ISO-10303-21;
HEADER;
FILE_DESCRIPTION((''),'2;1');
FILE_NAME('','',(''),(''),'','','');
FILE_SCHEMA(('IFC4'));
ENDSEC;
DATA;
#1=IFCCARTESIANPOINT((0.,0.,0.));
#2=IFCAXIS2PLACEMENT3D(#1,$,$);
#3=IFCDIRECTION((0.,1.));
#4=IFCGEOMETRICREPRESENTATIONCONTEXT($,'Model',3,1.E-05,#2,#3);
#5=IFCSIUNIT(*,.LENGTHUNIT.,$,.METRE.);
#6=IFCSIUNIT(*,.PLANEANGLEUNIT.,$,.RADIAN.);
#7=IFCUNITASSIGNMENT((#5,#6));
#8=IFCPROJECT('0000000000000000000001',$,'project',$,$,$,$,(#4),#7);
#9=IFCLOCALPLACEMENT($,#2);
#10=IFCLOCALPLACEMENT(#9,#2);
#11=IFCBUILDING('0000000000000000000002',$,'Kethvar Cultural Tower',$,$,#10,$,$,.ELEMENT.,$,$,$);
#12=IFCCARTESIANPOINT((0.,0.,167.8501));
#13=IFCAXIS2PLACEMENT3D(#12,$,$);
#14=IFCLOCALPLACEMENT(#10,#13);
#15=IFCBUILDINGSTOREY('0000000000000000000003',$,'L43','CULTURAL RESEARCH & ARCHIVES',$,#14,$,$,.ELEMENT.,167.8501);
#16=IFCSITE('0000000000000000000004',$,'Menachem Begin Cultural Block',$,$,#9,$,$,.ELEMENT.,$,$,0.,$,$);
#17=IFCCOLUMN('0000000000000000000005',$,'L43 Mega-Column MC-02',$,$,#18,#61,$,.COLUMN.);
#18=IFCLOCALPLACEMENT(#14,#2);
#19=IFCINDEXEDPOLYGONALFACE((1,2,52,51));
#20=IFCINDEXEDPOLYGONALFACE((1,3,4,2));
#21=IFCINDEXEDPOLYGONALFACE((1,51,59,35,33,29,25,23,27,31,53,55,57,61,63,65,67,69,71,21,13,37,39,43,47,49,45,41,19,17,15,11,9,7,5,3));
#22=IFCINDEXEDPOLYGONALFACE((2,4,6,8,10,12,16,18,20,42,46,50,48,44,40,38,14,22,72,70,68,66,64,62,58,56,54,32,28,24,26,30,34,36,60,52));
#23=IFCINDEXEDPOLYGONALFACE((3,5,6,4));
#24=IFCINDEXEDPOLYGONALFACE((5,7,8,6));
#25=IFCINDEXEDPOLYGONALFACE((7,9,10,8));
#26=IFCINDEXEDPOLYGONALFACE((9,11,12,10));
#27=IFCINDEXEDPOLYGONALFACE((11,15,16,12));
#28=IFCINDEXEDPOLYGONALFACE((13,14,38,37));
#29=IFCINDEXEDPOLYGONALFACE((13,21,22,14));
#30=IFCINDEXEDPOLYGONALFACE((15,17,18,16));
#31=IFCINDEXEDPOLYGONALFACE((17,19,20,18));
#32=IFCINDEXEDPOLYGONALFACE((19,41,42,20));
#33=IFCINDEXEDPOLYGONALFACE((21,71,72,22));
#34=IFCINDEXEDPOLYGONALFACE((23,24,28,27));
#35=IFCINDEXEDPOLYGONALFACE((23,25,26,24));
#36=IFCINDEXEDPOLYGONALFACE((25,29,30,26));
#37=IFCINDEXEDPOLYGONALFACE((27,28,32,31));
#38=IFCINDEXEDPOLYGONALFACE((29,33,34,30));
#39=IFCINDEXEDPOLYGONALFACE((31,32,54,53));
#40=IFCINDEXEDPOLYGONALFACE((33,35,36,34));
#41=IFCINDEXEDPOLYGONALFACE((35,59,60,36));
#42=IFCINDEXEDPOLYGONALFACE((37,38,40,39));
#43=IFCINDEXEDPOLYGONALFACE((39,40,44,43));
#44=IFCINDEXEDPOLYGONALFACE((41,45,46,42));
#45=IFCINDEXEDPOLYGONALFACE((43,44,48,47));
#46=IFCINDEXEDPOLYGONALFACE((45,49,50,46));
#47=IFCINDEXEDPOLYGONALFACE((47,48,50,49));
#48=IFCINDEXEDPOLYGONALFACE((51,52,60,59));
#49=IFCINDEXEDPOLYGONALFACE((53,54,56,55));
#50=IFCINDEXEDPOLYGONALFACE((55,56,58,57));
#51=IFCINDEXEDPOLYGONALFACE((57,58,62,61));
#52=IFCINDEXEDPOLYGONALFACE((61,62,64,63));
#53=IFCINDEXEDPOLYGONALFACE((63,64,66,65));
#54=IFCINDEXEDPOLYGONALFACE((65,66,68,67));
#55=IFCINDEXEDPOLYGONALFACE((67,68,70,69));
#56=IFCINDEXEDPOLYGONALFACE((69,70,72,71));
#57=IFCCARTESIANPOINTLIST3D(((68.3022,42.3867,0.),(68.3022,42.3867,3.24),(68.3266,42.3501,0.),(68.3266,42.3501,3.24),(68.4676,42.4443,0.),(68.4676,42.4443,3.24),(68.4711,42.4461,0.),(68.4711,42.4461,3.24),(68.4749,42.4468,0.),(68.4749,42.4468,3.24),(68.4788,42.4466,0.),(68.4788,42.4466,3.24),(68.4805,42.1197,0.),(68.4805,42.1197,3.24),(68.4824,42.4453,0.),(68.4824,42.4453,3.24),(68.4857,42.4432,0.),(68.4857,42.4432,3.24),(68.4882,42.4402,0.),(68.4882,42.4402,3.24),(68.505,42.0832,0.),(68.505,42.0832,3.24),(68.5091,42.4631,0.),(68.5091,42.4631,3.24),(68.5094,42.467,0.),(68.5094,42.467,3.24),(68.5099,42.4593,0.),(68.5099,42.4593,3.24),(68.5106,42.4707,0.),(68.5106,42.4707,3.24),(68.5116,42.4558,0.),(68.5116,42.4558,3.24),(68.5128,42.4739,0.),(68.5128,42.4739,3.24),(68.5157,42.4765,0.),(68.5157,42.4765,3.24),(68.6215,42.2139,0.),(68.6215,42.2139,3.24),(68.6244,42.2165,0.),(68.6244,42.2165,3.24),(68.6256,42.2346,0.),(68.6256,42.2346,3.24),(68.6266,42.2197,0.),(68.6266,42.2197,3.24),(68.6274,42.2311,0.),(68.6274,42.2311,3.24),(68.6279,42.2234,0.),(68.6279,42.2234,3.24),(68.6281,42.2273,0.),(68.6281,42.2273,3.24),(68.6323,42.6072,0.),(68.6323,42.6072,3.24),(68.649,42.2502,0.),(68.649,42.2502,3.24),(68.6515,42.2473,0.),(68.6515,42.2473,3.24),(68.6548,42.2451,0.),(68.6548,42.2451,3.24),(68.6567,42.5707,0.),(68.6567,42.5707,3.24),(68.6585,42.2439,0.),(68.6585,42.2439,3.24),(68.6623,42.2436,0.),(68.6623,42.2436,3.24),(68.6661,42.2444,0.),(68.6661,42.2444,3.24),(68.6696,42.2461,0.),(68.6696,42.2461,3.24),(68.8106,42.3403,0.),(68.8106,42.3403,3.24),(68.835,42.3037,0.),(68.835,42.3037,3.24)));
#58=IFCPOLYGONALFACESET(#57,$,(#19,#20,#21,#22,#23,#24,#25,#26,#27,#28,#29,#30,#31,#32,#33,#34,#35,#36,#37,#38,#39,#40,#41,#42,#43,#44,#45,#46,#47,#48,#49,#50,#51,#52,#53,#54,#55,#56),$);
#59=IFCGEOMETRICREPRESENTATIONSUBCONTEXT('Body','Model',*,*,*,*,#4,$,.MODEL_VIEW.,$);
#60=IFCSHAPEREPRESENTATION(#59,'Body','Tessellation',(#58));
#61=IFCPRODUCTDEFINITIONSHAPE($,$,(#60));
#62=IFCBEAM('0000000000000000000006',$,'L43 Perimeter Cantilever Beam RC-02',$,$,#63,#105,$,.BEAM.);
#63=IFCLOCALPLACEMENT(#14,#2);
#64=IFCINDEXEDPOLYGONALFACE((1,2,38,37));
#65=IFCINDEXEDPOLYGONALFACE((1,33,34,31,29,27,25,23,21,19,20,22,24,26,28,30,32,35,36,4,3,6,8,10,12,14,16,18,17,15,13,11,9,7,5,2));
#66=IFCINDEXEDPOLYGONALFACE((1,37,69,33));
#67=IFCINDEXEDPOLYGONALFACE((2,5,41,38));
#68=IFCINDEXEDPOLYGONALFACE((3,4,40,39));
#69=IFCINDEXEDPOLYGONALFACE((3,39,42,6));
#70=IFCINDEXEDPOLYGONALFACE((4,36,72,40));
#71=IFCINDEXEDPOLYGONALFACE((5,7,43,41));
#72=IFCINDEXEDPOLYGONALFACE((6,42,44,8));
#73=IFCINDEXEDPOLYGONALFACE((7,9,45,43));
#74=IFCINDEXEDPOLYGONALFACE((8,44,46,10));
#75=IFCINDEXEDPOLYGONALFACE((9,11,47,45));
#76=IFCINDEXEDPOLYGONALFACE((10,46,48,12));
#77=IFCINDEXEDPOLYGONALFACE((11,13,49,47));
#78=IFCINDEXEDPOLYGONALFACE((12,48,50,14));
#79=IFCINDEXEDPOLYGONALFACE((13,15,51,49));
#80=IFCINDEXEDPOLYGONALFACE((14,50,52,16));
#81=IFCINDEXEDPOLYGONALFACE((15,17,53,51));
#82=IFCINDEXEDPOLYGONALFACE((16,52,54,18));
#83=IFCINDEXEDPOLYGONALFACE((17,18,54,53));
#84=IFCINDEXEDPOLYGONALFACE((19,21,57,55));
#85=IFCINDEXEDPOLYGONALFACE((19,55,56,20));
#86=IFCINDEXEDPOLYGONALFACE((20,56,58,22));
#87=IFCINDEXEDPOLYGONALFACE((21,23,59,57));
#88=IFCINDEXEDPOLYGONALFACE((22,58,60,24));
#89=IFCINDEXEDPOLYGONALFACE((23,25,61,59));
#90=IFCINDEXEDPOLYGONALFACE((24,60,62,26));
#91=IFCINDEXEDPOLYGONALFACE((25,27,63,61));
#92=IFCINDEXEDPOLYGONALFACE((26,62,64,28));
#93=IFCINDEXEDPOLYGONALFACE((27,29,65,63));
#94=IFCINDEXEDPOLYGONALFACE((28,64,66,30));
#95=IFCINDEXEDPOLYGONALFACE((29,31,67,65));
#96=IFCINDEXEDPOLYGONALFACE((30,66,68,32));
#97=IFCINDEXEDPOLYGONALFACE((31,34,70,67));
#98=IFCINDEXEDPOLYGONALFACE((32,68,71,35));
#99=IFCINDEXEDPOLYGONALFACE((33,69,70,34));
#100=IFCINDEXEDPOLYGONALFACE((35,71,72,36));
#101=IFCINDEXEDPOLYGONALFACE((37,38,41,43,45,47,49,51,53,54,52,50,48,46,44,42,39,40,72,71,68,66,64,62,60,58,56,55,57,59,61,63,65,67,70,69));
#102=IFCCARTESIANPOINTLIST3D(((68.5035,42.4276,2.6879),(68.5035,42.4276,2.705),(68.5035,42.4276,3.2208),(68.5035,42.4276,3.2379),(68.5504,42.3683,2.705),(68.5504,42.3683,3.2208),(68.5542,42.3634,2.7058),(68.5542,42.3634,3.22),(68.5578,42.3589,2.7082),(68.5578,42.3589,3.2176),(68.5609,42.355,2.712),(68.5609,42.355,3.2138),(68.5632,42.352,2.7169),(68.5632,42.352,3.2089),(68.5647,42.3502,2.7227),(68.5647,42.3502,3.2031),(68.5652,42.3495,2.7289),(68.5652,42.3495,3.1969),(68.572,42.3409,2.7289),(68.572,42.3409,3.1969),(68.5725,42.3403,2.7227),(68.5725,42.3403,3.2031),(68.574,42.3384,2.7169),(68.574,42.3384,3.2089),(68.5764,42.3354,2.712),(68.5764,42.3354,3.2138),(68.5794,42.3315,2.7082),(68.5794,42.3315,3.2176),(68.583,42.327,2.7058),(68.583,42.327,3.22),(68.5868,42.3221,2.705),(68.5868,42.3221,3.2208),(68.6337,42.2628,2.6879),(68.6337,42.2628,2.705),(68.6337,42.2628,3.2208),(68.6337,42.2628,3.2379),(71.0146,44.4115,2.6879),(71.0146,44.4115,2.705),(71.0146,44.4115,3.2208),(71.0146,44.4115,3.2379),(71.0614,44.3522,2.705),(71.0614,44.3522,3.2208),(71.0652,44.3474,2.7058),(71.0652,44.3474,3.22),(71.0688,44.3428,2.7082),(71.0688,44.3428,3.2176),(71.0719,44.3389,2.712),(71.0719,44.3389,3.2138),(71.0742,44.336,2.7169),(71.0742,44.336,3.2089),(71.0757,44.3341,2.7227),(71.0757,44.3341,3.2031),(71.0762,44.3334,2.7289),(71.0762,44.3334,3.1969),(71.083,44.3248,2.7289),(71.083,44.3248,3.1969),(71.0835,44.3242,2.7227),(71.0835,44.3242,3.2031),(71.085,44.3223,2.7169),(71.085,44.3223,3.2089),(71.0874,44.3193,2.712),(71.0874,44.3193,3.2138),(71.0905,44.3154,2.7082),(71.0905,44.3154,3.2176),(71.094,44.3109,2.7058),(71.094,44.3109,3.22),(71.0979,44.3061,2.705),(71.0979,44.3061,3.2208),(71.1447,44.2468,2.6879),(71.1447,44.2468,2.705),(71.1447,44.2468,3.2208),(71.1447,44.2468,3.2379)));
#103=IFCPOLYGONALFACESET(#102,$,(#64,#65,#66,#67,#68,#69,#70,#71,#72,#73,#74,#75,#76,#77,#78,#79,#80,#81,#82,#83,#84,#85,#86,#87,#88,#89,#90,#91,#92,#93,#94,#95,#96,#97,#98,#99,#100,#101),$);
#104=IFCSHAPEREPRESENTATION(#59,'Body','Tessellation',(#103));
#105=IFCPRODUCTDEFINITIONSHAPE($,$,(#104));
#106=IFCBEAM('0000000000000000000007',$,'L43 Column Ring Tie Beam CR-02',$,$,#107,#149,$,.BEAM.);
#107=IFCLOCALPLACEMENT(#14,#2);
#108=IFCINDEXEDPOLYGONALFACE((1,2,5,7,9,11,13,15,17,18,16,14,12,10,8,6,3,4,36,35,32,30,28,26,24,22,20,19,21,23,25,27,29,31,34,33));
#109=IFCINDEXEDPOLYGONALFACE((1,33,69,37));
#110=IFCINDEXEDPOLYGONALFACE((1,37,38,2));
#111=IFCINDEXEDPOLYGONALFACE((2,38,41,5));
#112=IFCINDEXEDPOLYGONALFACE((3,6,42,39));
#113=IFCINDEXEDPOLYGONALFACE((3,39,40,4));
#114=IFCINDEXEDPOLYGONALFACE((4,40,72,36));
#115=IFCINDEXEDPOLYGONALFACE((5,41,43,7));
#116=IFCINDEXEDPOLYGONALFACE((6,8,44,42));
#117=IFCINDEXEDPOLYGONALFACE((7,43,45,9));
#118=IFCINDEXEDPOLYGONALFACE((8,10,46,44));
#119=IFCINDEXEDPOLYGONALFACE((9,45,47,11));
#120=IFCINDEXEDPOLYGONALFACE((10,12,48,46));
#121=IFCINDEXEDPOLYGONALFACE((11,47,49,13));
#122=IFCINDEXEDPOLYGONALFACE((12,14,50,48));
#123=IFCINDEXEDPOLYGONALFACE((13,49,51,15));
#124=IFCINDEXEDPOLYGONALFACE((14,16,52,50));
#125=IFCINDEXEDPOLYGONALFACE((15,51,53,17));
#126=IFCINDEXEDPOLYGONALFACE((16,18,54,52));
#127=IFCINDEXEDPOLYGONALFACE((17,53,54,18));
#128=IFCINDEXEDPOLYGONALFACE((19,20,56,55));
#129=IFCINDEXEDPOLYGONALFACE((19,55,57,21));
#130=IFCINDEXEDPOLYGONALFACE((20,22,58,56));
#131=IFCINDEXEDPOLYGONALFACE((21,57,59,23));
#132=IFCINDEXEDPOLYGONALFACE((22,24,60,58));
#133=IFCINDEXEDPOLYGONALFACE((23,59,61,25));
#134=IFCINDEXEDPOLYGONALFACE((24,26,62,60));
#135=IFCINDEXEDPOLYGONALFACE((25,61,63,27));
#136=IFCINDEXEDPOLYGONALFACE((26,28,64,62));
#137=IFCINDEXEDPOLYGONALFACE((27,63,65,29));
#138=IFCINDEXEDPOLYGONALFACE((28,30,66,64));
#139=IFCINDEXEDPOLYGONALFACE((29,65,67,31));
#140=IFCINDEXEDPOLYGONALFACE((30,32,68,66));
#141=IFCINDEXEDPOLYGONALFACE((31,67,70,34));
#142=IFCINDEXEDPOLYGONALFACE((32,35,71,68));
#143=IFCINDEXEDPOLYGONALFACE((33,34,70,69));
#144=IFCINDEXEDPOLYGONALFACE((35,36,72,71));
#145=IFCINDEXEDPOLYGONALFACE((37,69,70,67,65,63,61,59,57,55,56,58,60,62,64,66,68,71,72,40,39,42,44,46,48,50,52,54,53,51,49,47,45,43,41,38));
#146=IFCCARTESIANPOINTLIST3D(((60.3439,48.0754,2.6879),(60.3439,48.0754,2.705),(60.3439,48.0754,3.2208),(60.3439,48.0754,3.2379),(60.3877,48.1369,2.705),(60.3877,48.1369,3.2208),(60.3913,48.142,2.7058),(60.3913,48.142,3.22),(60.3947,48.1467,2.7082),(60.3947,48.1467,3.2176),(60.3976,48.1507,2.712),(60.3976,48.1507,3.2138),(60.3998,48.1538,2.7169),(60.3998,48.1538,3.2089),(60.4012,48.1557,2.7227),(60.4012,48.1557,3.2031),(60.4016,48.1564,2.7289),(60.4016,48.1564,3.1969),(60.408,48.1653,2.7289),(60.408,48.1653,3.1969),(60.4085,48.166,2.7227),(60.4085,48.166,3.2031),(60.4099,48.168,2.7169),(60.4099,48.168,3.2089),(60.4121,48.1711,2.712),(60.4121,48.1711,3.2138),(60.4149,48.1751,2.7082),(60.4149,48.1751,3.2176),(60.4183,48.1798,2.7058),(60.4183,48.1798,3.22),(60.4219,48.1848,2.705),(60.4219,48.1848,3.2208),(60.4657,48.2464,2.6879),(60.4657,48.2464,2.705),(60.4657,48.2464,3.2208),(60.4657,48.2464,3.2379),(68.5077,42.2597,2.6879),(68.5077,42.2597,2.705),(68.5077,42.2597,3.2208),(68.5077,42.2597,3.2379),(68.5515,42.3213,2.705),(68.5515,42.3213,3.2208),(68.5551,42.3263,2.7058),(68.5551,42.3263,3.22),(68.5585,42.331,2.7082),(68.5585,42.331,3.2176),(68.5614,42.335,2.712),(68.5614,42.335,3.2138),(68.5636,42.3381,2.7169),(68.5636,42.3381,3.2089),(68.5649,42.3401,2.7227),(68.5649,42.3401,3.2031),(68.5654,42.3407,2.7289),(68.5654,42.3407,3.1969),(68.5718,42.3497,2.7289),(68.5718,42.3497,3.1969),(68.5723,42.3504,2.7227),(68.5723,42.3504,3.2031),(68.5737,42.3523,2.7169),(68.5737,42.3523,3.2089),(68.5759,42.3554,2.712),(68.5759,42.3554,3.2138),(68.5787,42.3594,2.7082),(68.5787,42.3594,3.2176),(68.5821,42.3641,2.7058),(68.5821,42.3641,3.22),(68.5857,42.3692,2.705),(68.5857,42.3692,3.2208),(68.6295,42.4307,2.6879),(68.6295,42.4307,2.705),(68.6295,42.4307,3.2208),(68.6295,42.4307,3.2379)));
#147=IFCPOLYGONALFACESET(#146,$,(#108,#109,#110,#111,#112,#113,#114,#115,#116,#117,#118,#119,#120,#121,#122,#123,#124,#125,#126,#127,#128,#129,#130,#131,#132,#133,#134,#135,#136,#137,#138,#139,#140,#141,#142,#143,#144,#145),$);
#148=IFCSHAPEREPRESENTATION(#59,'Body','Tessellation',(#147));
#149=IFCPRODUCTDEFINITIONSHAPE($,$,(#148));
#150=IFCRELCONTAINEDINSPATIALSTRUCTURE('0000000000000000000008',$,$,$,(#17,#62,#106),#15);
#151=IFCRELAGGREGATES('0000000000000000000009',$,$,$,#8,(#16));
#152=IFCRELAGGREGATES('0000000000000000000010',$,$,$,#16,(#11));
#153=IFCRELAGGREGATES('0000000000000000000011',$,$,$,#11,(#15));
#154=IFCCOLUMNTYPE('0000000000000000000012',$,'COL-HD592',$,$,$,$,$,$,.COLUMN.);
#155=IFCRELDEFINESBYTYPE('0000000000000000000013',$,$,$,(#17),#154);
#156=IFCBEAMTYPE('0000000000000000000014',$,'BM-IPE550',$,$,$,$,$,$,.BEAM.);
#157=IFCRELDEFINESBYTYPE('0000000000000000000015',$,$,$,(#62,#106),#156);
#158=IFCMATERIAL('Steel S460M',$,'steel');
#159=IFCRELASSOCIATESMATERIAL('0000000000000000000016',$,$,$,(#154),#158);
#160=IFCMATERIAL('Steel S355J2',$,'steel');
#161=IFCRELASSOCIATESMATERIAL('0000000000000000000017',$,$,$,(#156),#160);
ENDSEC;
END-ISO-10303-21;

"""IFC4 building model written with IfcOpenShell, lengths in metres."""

from ifc_helpers import new_model, si_unit, direction, frame, origin, origin_2d, place, context, subcontext, project, spatial, i_section, extrude, source, transform, mapped, material, material_profile, profile_set, type_object, element, save


model = new_model("IFC4")

# Units and contexts
model_context = context("Model", 3, precision=1e-05, world=origin(), true_north=direction((0.0, 1.0)))
body_context = subcontext(model_context, "Body", "Model", "MODEL_VIEW")
ifc_project = project(units=[si_unit("LENGTHUNIT", "METRE"), si_unit("PLANEANGLEUNIT", "RADIAN")], contexts=[model_context])

# Site, building, storey
site_placement = place(None, origin())
site = spatial("IfcSite", under=ifc_project, at=site_placement, Name="Menachem Begin Cultural Block", CompositionType="ELEMENT", RefElevation=0.0)
building_placement = place(site_placement, origin())
building = spatial("IfcBuilding", under=site, at=building_placement, Name="Kethvar Cultural Tower", CompositionType="ELEMENT")
storey_placement = place(building_placement, frame((0.0, 0.0, 167.8501)))
storey = spatial("IfcBuildingStorey", under=building, at=storey_placement, Name="L43", Description="CULTURAL RESEARCH & ARCHIVES", CompositionType="ELEMENT", Elevation=167.8501)

# Column
ifc_material_1 = material(Name="Steel S460M", Category="steel")
ifc_material_profile_1 = material_profile(ifc_material_1, i_section(OverallWidth=0.397, OverallDepth=0.365, WebThickness=0.0281, FlangeThickness=0.0439, FilletRadius=0.0149, at=origin_2d()), Name="Steel S460M — HD400x592")
ifc_profile_set_1 = profile_set([ifc_material_profile_1], Name="Steel S460M — HD400x592")
column_type = type_object("IfcColumnType", Name="COL-HD592", PredefinedType="COLUMN", material=ifc_profile_set_1)
shared_shape_1 = source(origin(), body_context, "Body", "SweptSolid", [
    extrude(i_section(OverallWidth=0.397, OverallDepth=0.365, WebThickness=0.0281, FlangeThickness=0.0439, FilletRadius=0.0149, at=origin_2d()), origin(), (0.0, 0.0, 1.0), 3.24),
])
column_placement = place(storey_placement, frame((68.5686, 42.3452, 0.0), z_axis=(0.0, 0.0, 1.0), x_axis=(0.83147, 0.55557, 0.0)))
element("IfcColumn", 1, at=column_placement, inside=storey, type_object=column_type, Name="L43 Mega-Column MC-02", PredefinedType="COLUMN", context=body_context, shape_type="MappedRepresentation", body=[
    mapped(shared_shape_1, transform((0.0, 0.0, 0.0), scale=1.0)),
])

# Beams
ifc_material_2 = material(Name="Steel S355J2", Category="steel")
ifc_material_profile_2 = material_profile(ifc_material_2, i_section(OverallWidth=0.21, OverallDepth=0.55, WebThickness=0.011, FlangeThickness=0.0171, FilletRadius=0.0239, at=origin_2d()), Name="Steel S355J2 — IPE550")
ifc_profile_set_2 = profile_set([ifc_material_profile_2], Name="Steel S355J2 — IPE550")
beam_type_1 = type_object("IfcBeamType", Name="BM-IPE550", PredefinedType="BEAM", material=ifc_profile_set_2)
shared_shape_2 = source(origin(), body_context, "Body", "SweptSolid", [
    extrude(i_section(OverallWidth=0.21, OverallDepth=0.55, WebThickness=0.011, FlangeThickness=0.0171, FilletRadius=0.0239, at=origin_2d()), origin(), (0.0, 0.0, 1.0), 3.2002),
])
beam_1_placement = place(storey_placement, frame((68.5686, 42.3452, 2.9629), z_axis=(0.78465, 0.619939, 0.0), x_axis=(-0.619939, 0.78465, 0.0)))
element("IfcBeam", 2, at=beam_1_placement, inside=storey, type_object=beam_type_1, Name="L43 Perimeter Cantilever Beam RC-02", PredefinedType="BEAM", context=body_context, shape_type="MappedRepresentation", body=[
    mapped(shared_shape_2, transform((0.0, 0.0, 0.0), scale=1.0)),
])
shared_shape_3 = source(origin(), body_context, "Body", "SweptSolid", [
    extrude(i_section(OverallWidth=0.21, OverallDepth=0.55, WebThickness=0.011, FlangeThickness=0.0171, FilletRadius=0.0239, at=origin_2d()), origin(), (0.0, 0.0, 1.0), 10.0234),
])
beam_2_placement = place(storey_placement, frame((68.5686, 42.3452, 2.9629), z_axis=(-0.81447, 0.580206, 0.0), x_axis=(-0.580206, -0.81447, 0.0)))
element("IfcBeam", 3, at=beam_2_placement, inside=storey, type_object=beam_type_1, Name="L43 Column Ring Tie Beam CR-02", PredefinedType="BEAM", context=body_context, shape_type="MappedRepresentation", body=[
    mapped(shared_shape_3, transform((0.0, 0.0, 0.0), scale=1.0)),
])

save(model, "model.ifc")
